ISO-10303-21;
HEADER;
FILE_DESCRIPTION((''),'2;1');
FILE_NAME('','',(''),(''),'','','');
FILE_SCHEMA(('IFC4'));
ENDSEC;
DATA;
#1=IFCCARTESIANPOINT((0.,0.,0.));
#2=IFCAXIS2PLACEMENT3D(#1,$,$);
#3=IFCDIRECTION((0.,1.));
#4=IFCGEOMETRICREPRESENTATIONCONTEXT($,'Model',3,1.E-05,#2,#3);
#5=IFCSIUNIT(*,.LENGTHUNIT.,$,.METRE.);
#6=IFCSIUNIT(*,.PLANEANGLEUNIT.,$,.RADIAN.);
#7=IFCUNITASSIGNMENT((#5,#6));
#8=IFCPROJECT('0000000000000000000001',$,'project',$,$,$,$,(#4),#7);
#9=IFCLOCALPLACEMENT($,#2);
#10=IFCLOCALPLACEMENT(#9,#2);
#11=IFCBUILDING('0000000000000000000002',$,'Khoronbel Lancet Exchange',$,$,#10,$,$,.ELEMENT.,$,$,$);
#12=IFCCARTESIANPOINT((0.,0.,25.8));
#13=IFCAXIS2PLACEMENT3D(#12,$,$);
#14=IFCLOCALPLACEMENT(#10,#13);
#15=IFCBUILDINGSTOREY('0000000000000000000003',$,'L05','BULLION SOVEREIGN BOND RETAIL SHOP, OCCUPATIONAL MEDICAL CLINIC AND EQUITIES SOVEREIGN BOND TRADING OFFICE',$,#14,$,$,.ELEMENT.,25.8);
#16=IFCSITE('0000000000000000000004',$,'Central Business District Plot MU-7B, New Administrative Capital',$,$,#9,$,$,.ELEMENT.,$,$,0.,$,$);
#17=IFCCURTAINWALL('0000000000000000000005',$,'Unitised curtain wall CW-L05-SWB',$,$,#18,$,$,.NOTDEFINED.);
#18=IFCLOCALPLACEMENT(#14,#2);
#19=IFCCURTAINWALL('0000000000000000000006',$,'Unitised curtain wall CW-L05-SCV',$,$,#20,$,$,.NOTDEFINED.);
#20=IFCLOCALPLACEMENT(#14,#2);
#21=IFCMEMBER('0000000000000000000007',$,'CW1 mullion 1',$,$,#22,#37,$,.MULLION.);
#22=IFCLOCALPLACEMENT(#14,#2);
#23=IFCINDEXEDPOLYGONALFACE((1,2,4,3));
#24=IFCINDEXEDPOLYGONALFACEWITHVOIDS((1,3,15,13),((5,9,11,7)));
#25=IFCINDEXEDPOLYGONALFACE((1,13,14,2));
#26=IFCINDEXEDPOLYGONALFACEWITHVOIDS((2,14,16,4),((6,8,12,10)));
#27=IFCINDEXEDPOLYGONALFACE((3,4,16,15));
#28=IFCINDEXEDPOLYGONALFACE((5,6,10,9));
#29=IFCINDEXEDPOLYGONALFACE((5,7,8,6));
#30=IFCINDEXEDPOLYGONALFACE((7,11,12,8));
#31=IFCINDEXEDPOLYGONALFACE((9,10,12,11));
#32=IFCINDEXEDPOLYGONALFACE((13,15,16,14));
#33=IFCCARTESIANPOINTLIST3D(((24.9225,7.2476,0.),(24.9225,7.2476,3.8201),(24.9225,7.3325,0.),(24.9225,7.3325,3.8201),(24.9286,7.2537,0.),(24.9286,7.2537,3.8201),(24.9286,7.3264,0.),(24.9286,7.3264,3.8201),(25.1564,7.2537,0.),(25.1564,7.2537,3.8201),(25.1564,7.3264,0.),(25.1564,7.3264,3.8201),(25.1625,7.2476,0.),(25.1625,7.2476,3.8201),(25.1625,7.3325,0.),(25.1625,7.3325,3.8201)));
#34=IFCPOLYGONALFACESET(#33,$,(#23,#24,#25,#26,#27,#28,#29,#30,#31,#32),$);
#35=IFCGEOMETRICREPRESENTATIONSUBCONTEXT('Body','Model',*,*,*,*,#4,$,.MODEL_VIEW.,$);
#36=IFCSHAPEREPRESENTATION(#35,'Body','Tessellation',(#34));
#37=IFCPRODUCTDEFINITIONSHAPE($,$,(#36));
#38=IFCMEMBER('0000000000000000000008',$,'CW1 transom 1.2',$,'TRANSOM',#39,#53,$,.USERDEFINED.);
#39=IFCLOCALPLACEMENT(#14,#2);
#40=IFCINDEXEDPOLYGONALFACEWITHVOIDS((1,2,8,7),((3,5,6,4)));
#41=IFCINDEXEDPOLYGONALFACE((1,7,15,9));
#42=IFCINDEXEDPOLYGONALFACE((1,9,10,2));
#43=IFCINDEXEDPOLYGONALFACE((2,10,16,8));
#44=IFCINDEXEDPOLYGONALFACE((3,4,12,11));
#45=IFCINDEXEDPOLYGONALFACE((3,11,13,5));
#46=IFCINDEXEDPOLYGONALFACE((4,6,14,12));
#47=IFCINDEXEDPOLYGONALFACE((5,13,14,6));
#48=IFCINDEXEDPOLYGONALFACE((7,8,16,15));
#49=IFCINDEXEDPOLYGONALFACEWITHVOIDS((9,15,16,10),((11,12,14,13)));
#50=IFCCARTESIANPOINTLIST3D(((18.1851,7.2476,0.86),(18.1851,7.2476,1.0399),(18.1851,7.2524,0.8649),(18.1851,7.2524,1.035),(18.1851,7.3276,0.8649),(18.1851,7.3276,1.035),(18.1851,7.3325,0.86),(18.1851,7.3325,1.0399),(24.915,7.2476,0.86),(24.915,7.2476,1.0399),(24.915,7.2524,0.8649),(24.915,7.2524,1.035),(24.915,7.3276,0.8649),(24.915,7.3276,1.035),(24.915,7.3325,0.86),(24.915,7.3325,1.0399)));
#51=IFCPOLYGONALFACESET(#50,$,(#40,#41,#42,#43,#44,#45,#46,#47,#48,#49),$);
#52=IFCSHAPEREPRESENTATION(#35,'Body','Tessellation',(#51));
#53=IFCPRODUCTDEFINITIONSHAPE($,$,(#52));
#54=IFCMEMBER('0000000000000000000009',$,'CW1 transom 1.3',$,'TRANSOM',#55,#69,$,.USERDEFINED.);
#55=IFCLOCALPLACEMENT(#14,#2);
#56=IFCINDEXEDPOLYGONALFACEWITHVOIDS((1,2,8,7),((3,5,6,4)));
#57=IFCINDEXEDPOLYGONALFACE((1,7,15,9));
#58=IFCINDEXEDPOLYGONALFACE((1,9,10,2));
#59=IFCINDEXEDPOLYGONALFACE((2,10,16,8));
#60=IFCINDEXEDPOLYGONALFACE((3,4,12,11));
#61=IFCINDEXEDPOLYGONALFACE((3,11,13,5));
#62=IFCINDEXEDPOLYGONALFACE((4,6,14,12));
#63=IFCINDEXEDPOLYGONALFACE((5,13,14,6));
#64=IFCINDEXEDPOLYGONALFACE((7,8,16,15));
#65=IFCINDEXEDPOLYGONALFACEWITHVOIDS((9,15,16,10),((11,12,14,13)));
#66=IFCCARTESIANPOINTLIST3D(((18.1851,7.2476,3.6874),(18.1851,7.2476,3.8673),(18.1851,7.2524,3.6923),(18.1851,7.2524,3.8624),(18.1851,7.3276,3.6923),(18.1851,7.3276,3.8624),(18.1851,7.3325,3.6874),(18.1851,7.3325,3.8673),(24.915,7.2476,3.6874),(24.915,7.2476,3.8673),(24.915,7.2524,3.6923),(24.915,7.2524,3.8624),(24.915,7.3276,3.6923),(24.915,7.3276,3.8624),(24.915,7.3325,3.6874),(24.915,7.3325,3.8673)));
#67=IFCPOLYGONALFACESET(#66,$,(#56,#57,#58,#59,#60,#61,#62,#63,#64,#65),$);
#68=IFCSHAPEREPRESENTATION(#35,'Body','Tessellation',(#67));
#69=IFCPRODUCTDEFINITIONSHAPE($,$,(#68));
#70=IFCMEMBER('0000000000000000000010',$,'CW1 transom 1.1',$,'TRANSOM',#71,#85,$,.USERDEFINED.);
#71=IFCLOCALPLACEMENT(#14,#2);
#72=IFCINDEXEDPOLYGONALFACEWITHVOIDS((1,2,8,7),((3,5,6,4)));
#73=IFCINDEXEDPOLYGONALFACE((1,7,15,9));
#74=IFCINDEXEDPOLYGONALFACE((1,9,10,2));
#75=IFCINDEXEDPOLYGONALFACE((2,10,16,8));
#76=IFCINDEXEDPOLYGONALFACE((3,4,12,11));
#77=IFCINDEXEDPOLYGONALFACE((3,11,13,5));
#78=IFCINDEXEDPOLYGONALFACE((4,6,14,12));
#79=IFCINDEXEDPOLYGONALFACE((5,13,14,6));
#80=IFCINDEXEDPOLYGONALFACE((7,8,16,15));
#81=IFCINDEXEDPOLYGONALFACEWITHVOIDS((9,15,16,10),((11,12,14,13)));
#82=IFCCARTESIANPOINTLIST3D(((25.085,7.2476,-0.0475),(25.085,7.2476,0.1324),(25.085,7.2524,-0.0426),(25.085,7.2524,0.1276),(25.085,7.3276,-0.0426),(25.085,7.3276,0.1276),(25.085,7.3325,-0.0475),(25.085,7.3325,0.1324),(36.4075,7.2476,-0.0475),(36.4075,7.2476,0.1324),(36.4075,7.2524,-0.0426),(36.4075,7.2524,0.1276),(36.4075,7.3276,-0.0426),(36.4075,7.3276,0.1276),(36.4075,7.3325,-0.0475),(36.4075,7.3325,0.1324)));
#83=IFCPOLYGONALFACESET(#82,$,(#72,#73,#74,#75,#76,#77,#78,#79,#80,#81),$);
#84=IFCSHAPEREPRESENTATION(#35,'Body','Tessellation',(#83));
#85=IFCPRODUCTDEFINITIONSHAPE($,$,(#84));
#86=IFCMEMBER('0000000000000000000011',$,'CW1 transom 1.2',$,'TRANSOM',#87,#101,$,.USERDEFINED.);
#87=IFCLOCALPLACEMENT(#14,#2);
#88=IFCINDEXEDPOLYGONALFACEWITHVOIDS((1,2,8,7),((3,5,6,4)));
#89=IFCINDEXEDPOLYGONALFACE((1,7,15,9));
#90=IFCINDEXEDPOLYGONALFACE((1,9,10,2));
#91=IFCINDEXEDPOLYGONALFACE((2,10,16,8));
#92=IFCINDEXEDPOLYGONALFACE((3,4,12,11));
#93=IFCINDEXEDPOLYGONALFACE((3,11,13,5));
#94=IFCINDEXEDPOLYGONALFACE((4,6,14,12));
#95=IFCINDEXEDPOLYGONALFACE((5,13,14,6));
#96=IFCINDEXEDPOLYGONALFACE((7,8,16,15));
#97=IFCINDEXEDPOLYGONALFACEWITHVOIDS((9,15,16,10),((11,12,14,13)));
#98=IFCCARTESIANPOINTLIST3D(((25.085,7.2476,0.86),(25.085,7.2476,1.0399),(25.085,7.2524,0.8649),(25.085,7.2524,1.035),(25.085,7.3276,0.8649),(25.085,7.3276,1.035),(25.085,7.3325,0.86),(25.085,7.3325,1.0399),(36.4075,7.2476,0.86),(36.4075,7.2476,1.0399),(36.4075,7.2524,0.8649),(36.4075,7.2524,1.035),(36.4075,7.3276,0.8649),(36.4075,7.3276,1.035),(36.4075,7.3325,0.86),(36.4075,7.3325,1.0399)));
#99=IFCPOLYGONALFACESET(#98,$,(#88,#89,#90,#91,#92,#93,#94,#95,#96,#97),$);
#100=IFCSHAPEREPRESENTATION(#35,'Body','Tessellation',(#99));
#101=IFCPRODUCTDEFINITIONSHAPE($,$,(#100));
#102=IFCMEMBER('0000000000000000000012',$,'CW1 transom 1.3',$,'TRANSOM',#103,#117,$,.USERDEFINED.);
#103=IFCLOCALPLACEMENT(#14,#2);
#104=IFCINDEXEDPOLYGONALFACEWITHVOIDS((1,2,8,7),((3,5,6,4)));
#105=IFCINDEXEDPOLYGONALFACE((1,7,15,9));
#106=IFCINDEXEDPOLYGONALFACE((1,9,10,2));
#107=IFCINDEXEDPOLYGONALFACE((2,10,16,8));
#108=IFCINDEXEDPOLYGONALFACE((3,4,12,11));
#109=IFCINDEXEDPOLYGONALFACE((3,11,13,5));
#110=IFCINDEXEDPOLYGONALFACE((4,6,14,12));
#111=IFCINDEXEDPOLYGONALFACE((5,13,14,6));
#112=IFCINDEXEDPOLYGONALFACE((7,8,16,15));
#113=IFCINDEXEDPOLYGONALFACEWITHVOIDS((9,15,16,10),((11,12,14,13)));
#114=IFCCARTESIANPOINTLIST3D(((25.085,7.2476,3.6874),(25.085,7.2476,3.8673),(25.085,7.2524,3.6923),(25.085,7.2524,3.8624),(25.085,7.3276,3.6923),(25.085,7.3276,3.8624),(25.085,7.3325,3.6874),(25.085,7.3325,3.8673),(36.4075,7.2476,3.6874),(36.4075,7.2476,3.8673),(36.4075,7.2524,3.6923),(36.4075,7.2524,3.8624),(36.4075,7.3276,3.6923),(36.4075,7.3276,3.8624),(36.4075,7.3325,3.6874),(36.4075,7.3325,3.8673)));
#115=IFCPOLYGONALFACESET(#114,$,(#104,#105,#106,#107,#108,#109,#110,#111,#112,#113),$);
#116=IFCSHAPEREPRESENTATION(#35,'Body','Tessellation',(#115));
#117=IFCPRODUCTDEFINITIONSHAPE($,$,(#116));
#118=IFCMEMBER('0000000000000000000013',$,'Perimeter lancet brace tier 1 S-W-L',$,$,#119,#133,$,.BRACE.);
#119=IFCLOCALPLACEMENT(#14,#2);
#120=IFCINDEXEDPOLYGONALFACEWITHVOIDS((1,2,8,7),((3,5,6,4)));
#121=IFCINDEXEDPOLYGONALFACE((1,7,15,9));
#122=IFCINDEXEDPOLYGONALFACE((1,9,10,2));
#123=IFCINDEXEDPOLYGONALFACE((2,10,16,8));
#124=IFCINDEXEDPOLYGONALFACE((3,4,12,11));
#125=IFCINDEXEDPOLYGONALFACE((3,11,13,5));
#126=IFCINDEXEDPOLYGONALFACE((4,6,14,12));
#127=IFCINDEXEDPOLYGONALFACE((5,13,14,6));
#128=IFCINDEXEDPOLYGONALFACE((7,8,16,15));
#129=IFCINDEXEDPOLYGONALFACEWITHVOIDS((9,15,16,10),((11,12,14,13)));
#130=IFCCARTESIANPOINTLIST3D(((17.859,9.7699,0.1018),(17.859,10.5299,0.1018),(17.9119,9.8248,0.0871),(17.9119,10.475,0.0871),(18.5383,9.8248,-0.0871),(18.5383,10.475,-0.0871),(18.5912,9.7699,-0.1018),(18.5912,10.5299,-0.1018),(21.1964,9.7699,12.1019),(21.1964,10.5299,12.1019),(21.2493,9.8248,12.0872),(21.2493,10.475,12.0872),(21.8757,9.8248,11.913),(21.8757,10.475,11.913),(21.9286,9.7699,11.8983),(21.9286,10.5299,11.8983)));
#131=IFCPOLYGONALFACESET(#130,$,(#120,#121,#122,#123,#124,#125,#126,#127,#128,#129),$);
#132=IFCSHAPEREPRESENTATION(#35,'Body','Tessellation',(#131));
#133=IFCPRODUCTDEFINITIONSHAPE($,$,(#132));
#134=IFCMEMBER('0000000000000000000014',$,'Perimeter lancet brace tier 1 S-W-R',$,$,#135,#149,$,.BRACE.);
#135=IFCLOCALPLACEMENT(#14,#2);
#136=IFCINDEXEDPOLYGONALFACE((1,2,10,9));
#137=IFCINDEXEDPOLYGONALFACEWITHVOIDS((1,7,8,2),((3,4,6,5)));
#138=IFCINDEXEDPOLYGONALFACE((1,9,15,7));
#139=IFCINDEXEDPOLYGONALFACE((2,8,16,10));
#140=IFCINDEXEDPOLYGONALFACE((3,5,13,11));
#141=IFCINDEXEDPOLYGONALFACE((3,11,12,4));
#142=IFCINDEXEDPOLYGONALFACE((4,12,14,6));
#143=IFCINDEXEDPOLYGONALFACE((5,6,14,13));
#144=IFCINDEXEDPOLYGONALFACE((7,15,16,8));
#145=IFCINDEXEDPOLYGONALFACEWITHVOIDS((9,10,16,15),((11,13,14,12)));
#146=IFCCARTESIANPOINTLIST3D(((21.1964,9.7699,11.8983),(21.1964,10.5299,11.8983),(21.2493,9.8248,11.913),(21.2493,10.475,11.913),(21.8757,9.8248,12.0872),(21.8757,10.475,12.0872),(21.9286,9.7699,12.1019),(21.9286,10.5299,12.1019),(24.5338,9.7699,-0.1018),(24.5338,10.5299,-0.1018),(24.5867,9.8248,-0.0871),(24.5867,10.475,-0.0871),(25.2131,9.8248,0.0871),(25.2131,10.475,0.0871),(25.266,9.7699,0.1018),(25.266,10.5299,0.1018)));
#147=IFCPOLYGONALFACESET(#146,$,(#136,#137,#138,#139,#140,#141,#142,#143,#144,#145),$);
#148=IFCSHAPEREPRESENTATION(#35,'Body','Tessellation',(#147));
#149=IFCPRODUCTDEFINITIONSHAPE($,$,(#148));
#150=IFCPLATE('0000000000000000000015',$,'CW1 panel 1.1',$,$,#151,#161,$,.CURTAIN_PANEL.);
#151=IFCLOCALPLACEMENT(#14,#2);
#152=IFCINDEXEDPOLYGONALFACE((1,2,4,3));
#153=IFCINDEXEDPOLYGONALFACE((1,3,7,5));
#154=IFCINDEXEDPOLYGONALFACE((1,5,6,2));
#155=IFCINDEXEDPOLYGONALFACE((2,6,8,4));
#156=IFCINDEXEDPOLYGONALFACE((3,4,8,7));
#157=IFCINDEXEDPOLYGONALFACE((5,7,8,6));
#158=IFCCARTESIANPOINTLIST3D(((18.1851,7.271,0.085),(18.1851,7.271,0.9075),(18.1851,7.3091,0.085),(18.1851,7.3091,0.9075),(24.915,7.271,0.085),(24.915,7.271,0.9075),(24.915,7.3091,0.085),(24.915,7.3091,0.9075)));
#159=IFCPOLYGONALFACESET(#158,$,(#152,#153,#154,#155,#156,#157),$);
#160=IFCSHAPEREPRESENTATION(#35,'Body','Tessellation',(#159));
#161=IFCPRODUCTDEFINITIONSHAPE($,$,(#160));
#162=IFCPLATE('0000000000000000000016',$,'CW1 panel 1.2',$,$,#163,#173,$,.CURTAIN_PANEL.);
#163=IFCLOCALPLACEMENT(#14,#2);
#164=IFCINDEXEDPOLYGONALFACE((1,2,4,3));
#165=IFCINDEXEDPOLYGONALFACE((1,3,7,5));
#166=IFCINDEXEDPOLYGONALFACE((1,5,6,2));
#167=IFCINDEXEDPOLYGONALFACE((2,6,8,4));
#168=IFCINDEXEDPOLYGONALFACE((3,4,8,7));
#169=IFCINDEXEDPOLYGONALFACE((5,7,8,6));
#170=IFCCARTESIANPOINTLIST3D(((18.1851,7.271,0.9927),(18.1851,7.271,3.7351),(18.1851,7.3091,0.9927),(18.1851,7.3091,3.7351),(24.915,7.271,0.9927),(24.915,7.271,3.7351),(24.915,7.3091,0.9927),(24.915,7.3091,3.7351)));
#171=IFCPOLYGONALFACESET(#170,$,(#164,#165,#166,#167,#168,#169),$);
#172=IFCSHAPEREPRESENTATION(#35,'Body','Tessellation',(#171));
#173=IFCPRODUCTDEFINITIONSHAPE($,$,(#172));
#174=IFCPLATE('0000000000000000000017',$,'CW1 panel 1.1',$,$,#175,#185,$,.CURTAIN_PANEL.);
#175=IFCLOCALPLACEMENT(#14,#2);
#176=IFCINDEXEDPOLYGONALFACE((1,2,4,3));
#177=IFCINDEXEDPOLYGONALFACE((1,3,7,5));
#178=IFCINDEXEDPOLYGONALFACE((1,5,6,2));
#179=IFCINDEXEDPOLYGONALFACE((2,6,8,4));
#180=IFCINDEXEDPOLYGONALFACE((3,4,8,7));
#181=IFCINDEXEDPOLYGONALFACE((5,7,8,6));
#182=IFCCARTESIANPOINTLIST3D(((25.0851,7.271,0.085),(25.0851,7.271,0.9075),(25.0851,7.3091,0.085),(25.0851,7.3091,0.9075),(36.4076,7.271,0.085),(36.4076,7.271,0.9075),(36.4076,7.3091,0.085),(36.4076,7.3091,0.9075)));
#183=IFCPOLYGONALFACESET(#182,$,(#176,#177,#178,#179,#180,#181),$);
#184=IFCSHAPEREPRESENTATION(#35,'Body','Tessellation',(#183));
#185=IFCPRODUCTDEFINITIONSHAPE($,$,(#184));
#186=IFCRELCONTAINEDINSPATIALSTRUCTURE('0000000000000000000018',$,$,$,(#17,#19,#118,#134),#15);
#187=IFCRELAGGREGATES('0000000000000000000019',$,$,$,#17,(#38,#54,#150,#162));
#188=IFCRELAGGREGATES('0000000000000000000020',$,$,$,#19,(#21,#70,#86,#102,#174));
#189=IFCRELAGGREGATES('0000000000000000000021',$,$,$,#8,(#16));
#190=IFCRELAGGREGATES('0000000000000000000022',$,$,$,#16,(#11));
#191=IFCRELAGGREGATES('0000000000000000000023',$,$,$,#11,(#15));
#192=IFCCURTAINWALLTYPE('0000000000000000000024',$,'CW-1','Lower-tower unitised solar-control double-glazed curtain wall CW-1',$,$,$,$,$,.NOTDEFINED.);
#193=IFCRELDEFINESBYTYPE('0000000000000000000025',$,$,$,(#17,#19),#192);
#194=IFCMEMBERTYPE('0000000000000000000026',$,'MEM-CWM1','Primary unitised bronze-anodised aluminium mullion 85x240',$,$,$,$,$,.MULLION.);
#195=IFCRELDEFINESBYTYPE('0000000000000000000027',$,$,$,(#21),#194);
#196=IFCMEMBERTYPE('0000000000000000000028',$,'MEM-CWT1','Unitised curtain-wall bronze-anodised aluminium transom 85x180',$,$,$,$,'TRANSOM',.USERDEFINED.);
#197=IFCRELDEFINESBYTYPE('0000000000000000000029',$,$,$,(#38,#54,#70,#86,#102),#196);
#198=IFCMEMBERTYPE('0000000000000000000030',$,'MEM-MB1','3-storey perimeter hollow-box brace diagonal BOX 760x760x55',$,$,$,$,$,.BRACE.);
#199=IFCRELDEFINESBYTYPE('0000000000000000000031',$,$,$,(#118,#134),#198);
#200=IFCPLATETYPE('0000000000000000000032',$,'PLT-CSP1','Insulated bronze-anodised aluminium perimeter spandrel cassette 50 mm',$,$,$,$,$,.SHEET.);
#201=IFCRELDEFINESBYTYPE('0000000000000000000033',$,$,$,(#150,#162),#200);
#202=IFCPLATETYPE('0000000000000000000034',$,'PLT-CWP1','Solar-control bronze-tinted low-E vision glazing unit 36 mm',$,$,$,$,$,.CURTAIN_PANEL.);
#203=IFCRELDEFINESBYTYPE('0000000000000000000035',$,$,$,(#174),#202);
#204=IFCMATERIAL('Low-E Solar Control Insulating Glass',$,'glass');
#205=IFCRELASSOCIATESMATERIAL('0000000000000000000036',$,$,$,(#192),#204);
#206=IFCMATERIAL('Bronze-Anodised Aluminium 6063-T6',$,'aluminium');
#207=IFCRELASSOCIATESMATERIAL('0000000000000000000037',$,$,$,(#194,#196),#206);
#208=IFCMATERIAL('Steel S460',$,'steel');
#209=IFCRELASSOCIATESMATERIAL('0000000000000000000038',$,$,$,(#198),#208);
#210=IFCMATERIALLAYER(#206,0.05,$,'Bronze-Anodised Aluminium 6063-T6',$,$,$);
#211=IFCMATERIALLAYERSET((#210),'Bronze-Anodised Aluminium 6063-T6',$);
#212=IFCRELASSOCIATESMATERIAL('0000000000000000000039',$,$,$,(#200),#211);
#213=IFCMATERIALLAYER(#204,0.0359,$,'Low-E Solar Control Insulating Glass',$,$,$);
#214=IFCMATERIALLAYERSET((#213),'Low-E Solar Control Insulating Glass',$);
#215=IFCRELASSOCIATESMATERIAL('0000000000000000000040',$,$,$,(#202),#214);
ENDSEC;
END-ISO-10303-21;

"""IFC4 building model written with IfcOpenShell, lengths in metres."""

from ifc_helpers import new_model, si_unit, direction, frame, origin, origin_2d, place, context, subcontext, project, spatial, rectangle, hollow_rectangle, extrude, material, layer, layer_set, material_profile, profile_set, type_object, element, aggregate, save


model = new_model("IFC4")

# Units and contexts
model_context = context("Model", 3, precision=1e-05, world=origin(), true_north=direction((0.0, 1.0)))
body_context = subcontext(model_context, "Body", "Model", "MODEL_VIEW")
ifc_project = project(units=[si_unit("LENGTHUNIT", "METRE"), si_unit("PLANEANGLEUNIT", "RADIAN")], contexts=[model_context])

# Site, building, storey
site_placement = place(None, origin())
site = spatial("IfcSite", under=ifc_project, at=site_placement, Name="Central Business District Plot MU-7B, New Administrative Capital", CompositionType="ELEMENT", RefElevation=0.0)
building_placement = place(site_placement, origin())
building = spatial("IfcBuilding", under=site, at=building_placement, Name="Khoronbel Lancet Exchange", CompositionType="ELEMENT")
storey_placement = place(building_placement, frame((0.0, 0.0, 25.8)))
storey = spatial("IfcBuildingStorey", under=building, at=storey_placement, Name="L05", Description="BULLION SOVEREIGN BOND RETAIL SHOP, OCCUPATIONAL MEDICAL CLINIC AND EQUITIES SOVEREIGN BOND TRADING OFFICE", CompositionType="ELEMENT", Elevation=25.8)

# Shared definitions
ifc_material_1 = material(Name="Steel S460", Category="steel")

# Curtain walls, member
ifc_material_2 = material(Name="Low-E Solar Control Insulating Glass", Category="glass")
curtain_wall_type = type_object("IfcCurtainWallType", Name="CW-1", Description="Lower-tower unitised solar-control double-glazed curtain wall CW-1", PredefinedType="NOTDEFINED", material=ifc_material_2)
curtain_wall_1_placement = place(storey_placement, origin())
curtain_wall_1 = element("IfcCurtainWall", 1, at=curtain_wall_1_placement, inside=storey, type_object=curtain_wall_type, Name="Unitised curtain wall CW-L05-SWB", PredefinedType="NOTDEFINED")
ifc_material_3 = material(Name="Bronze-Anodised Aluminium 6063-T6", Category="aluminium")
ifc_material_profile_1 = material_profile(ifc_material_3, hollow_rectangle(XDim=0.085, YDim=0.24, WallThickness=0.0061, at=origin_2d()), Name="ALU MULLION 85x240")
ifc_profile_set_1 = profile_set([ifc_material_profile_1], Name="Bronze-Anodised Aluminium 6063-T6")
member_type_1 = type_object("IfcMemberType", Name="MEM-CWM1", Description="Primary unitised bronze-anodised aluminium mullion 85x240", PredefinedType="MULLION", material=ifc_profile_set_1)
curtain_wall_2_placement = place(storey_placement, origin())
curtain_wall_2 = element("IfcCurtainWall", 2, at=curtain_wall_2_placement, inside=storey, type_object=curtain_wall_type, Name="Unitised curtain wall CW-L05-SCV", PredefinedType="NOTDEFINED")
member_1_placement = place(storey_placement, frame((25.0425, 7.29, 0.0), z_axis=(0.0, 0.0, 1.0), x_axis=(0.0, 1.0, 0.0)))
member_1 = element("IfcMember", 3, at=member_1_placement, type_object=member_type_1, Name="CW1 mullion 1", PredefinedType="MULLION", context=body_context, shape_type="SweptSolid", body=[
    extrude(hollow_rectangle(XDim=0.085, YDim=0.24, WallThickness=0.0061, at=origin_2d()), origin(), (0.0, 0.0, 1.0), 3.8201),
])

# Members
ifc_material_profile_2 = material_profile(ifc_material_3, hollow_rectangle(XDim=0.085, YDim=0.1799, WallThickness=0.0049, at=origin_2d()), Name="ALU TRANSOM 85x180")
ifc_profile_set_2 = profile_set([ifc_material_profile_2], Name="Bronze-Anodised Aluminium 6063-T6")
member_type_2 = type_object("IfcMemberType", Name="MEM-CWT1", Description="Unitised curtain-wall bronze-anodised aluminium transom 85x180", ElementType="TRANSOM", PredefinedType="USERDEFINED", material=ifc_profile_set_2)
member_2_placement = place(storey_placement, frame((18.1851, 7.29, 0.95), z_axis=(1.0, 0.0, 0.0), x_axis=(0.0, 1.0, 0.0)))
member_2 = element("IfcMember", 4, at=member_2_placement, type_object=member_type_2, Name="CW1 transom 1.2", ObjectType="TRANSOM", PredefinedType="USERDEFINED", context=body_context, shape_type="SweptSolid", body=[
    extrude(hollow_rectangle(XDim=0.085, YDim=0.1799, WallThickness=0.0049, at=origin_2d()), origin(), (0.0, 0.0, 1.0), 6.73),
])
member_3_placement = place(storey_placement, frame((18.1851, 7.29, 3.7773), z_axis=(1.0, 0.0, 0.0), x_axis=(0.0, 1.0, 0.0)))
member_3 = element("IfcMember", 5, at=member_3_placement, type_object=member_type_2, Name="CW1 transom 1.3", ObjectType="TRANSOM", PredefinedType="USERDEFINED", context=body_context, shape_type="SweptSolid", body=[
    extrude(hollow_rectangle(XDim=0.085, YDim=0.1799, WallThickness=0.0049, at=origin_2d()), origin(), (0.0, 0.0, 1.0), 6.73),
])
member_4_placement = place(storey_placement, frame((25.085, 7.29, 0.0425), z_axis=(1.0, 0.0, 0.0), x_axis=(0.0, 1.0, 0.0)))
member_4 = element("IfcMember", 6, at=member_4_placement, type_object=member_type_2, Name="CW1 transom 1.1", ObjectType="TRANSOM", PredefinedType="USERDEFINED", context=body_context, shape_type="SweptSolid", body=[
    extrude(hollow_rectangle(XDim=0.085, YDim=0.1799, WallThickness=0.0049, at=origin_2d()), origin(), (0.0, 0.0, 1.0), 11.3225),
])
member_5_placement = place(storey_placement, frame((25.085, 7.29, 0.95), z_axis=(1.0, 0.0, 0.0), x_axis=(0.0, 1.0, 0.0)))
member_5 = element("IfcMember", 7, at=member_5_placement, type_object=member_type_2, Name="CW1 transom 1.2", ObjectType="TRANSOM", PredefinedType="USERDEFINED", context=body_context, shape_type="SweptSolid", body=[
    extrude(hollow_rectangle(XDim=0.085, YDim=0.1799, WallThickness=0.0049, at=origin_2d()), origin(), (0.0, 0.0, 1.0), 11.3225),
])
member_6_placement = place(storey_placement, frame((25.085, 7.29, 3.7773), z_axis=(1.0, 0.0, 0.0), x_axis=(0.0, 1.0, 0.0)))
member_6 = element("IfcMember", 8, at=member_6_placement, type_object=member_type_2, Name="CW1 transom 1.3", ObjectType="TRANSOM", PredefinedType="USERDEFINED", context=body_context, shape_type="SweptSolid", body=[
    extrude(hollow_rectangle(XDim=0.085, YDim=0.1799, WallThickness=0.0049, at=origin_2d()), origin(), (0.0, 0.0, 1.0), 11.3225),
])

# Members
ifc_material_profile_3 = material_profile(ifc_material_1, hollow_rectangle(XDim=0.76, YDim=0.76, WallThickness=0.0549, at=origin_2d()), Name="BOX 760x760x55")
ifc_profile_set_3 = profile_set([ifc_material_profile_3], Name="Steel S460")
member_type_3 = type_object("IfcMemberType", Name="MEM-MB1", Description="3-storey perimeter hollow-box brace diagonal BOX 760x760x55", PredefinedType="BRACE", material=ifc_profile_set_3)
for number, where, z_axis, x_axis, name in (
    (9, (18.2251, 10.1499, 0.0), (0.267947, 0.0, 0.963434), (0.0, 1.0, 0.0), "Perimeter lancet brace tier 1 S-W-L"),
    (10, (24.8999, 10.1499, 0.0), (-0.267947, 0.0, 0.963434), (0.0, -1.0, 0.0), "Perimeter lancet brace tier 1 S-W-R"),
):
    element("IfcMember", number, at=place(storey_placement, frame(where, z_axis=z_axis, x_axis=x_axis)), inside=storey, type_object=member_type_3, Name=name, PredefinedType="BRACE", context=body_context, shape_type="SweptSolid", body=[
        extrude(hollow_rectangle(XDim=0.76, YDim=0.76, WallThickness=0.0549, at=origin_2d()), origin(), (0.0, 0.0, 1.0), 12.4556),
    ])

# Plates
ifc_layer_1 = layer(ifc_material_3, 0.05, Name="Bronze-Anodised Aluminium 6063-T6")
ifc_layer_set_1 = layer_set([ifc_layer_1], Name="Bronze-Anodised Aluminium 6063-T6")
plate_type_1 = type_object("IfcPlateType", Name="PLT-CSP1", Description="Insulated bronze-anodised aluminium perimeter spandrel cassette 50 mm", PredefinedType="SHEET", material=ifc_layer_set_1)
plate_1_placement = place(storey_placement, frame((21.55, 7.29, 0.085), z_axis=(0.0, 0.0, 1.0), x_axis=(1.0, 0.0, 0.0)))
plate_1 = element("IfcPlate", 11, at=plate_1_placement, type_object=plate_type_1, Name="CW1 panel 1.1", PredefinedType="CURTAIN_PANEL", context=body_context, shape_type="SweptSolid", body=[
    extrude(rectangle(XDim=6.73, YDim=0.0381, at=origin_2d()), origin(), (0.0, 0.0, 1.0), 0.8225),
])
plate_2_placement = place(storey_placement, frame((21.55, 7.29, 0.9927), z_axis=(0.0, 0.0, 1.0), x_axis=(1.0, 0.0, 0.0)))
plate_2 = element("IfcPlate", 12, at=plate_2_placement, type_object=plate_type_1, Name="CW1 panel 1.2", PredefinedType="CURTAIN_PANEL", context=body_context, shape_type="SweptSolid", body=[
    extrude(rectangle(XDim=6.73, YDim=0.0381, at=origin_2d()), origin(), (0.0, 0.0, 1.0), 2.7424),
])
aggregate(curtain_wall_1, [member_2, member_3, plate_1, plate_2])
ifc_layer_2 = layer(ifc_material_2, 0.0359, Name="Low-E Solar Control Insulating Glass")
ifc_layer_set_2 = layer_set([ifc_layer_2], Name="Low-E Solar Control Insulating Glass")
plate_type_2 = type_object("IfcPlateType", Name="PLT-CWP1", Description="Solar-control bronze-tinted low-E vision glazing unit 36 mm", PredefinedType="CURTAIN_PANEL", material=ifc_layer_set_2)
plate_3_placement = place(storey_placement, frame((30.7463, 7.29, 0.085), z_axis=(0.0, 0.0, 1.0), x_axis=(1.0, 0.0, 0.0)))
plate_3 = element("IfcPlate", 13, at=plate_3_placement, type_object=plate_type_2, Name="CW1 panel 1.1", PredefinedType="CURTAIN_PANEL", context=body_context, shape_type="SweptSolid", body=[
    extrude(rectangle(XDim=11.3225, YDim=0.0381, at=origin_2d()), origin(), (0.0, 0.0, 1.0), 0.8225),
])
aggregate(curtain_wall_2, [member_1, member_4, member_5, member_6, plate_3])

save(model, "model.ifc")
